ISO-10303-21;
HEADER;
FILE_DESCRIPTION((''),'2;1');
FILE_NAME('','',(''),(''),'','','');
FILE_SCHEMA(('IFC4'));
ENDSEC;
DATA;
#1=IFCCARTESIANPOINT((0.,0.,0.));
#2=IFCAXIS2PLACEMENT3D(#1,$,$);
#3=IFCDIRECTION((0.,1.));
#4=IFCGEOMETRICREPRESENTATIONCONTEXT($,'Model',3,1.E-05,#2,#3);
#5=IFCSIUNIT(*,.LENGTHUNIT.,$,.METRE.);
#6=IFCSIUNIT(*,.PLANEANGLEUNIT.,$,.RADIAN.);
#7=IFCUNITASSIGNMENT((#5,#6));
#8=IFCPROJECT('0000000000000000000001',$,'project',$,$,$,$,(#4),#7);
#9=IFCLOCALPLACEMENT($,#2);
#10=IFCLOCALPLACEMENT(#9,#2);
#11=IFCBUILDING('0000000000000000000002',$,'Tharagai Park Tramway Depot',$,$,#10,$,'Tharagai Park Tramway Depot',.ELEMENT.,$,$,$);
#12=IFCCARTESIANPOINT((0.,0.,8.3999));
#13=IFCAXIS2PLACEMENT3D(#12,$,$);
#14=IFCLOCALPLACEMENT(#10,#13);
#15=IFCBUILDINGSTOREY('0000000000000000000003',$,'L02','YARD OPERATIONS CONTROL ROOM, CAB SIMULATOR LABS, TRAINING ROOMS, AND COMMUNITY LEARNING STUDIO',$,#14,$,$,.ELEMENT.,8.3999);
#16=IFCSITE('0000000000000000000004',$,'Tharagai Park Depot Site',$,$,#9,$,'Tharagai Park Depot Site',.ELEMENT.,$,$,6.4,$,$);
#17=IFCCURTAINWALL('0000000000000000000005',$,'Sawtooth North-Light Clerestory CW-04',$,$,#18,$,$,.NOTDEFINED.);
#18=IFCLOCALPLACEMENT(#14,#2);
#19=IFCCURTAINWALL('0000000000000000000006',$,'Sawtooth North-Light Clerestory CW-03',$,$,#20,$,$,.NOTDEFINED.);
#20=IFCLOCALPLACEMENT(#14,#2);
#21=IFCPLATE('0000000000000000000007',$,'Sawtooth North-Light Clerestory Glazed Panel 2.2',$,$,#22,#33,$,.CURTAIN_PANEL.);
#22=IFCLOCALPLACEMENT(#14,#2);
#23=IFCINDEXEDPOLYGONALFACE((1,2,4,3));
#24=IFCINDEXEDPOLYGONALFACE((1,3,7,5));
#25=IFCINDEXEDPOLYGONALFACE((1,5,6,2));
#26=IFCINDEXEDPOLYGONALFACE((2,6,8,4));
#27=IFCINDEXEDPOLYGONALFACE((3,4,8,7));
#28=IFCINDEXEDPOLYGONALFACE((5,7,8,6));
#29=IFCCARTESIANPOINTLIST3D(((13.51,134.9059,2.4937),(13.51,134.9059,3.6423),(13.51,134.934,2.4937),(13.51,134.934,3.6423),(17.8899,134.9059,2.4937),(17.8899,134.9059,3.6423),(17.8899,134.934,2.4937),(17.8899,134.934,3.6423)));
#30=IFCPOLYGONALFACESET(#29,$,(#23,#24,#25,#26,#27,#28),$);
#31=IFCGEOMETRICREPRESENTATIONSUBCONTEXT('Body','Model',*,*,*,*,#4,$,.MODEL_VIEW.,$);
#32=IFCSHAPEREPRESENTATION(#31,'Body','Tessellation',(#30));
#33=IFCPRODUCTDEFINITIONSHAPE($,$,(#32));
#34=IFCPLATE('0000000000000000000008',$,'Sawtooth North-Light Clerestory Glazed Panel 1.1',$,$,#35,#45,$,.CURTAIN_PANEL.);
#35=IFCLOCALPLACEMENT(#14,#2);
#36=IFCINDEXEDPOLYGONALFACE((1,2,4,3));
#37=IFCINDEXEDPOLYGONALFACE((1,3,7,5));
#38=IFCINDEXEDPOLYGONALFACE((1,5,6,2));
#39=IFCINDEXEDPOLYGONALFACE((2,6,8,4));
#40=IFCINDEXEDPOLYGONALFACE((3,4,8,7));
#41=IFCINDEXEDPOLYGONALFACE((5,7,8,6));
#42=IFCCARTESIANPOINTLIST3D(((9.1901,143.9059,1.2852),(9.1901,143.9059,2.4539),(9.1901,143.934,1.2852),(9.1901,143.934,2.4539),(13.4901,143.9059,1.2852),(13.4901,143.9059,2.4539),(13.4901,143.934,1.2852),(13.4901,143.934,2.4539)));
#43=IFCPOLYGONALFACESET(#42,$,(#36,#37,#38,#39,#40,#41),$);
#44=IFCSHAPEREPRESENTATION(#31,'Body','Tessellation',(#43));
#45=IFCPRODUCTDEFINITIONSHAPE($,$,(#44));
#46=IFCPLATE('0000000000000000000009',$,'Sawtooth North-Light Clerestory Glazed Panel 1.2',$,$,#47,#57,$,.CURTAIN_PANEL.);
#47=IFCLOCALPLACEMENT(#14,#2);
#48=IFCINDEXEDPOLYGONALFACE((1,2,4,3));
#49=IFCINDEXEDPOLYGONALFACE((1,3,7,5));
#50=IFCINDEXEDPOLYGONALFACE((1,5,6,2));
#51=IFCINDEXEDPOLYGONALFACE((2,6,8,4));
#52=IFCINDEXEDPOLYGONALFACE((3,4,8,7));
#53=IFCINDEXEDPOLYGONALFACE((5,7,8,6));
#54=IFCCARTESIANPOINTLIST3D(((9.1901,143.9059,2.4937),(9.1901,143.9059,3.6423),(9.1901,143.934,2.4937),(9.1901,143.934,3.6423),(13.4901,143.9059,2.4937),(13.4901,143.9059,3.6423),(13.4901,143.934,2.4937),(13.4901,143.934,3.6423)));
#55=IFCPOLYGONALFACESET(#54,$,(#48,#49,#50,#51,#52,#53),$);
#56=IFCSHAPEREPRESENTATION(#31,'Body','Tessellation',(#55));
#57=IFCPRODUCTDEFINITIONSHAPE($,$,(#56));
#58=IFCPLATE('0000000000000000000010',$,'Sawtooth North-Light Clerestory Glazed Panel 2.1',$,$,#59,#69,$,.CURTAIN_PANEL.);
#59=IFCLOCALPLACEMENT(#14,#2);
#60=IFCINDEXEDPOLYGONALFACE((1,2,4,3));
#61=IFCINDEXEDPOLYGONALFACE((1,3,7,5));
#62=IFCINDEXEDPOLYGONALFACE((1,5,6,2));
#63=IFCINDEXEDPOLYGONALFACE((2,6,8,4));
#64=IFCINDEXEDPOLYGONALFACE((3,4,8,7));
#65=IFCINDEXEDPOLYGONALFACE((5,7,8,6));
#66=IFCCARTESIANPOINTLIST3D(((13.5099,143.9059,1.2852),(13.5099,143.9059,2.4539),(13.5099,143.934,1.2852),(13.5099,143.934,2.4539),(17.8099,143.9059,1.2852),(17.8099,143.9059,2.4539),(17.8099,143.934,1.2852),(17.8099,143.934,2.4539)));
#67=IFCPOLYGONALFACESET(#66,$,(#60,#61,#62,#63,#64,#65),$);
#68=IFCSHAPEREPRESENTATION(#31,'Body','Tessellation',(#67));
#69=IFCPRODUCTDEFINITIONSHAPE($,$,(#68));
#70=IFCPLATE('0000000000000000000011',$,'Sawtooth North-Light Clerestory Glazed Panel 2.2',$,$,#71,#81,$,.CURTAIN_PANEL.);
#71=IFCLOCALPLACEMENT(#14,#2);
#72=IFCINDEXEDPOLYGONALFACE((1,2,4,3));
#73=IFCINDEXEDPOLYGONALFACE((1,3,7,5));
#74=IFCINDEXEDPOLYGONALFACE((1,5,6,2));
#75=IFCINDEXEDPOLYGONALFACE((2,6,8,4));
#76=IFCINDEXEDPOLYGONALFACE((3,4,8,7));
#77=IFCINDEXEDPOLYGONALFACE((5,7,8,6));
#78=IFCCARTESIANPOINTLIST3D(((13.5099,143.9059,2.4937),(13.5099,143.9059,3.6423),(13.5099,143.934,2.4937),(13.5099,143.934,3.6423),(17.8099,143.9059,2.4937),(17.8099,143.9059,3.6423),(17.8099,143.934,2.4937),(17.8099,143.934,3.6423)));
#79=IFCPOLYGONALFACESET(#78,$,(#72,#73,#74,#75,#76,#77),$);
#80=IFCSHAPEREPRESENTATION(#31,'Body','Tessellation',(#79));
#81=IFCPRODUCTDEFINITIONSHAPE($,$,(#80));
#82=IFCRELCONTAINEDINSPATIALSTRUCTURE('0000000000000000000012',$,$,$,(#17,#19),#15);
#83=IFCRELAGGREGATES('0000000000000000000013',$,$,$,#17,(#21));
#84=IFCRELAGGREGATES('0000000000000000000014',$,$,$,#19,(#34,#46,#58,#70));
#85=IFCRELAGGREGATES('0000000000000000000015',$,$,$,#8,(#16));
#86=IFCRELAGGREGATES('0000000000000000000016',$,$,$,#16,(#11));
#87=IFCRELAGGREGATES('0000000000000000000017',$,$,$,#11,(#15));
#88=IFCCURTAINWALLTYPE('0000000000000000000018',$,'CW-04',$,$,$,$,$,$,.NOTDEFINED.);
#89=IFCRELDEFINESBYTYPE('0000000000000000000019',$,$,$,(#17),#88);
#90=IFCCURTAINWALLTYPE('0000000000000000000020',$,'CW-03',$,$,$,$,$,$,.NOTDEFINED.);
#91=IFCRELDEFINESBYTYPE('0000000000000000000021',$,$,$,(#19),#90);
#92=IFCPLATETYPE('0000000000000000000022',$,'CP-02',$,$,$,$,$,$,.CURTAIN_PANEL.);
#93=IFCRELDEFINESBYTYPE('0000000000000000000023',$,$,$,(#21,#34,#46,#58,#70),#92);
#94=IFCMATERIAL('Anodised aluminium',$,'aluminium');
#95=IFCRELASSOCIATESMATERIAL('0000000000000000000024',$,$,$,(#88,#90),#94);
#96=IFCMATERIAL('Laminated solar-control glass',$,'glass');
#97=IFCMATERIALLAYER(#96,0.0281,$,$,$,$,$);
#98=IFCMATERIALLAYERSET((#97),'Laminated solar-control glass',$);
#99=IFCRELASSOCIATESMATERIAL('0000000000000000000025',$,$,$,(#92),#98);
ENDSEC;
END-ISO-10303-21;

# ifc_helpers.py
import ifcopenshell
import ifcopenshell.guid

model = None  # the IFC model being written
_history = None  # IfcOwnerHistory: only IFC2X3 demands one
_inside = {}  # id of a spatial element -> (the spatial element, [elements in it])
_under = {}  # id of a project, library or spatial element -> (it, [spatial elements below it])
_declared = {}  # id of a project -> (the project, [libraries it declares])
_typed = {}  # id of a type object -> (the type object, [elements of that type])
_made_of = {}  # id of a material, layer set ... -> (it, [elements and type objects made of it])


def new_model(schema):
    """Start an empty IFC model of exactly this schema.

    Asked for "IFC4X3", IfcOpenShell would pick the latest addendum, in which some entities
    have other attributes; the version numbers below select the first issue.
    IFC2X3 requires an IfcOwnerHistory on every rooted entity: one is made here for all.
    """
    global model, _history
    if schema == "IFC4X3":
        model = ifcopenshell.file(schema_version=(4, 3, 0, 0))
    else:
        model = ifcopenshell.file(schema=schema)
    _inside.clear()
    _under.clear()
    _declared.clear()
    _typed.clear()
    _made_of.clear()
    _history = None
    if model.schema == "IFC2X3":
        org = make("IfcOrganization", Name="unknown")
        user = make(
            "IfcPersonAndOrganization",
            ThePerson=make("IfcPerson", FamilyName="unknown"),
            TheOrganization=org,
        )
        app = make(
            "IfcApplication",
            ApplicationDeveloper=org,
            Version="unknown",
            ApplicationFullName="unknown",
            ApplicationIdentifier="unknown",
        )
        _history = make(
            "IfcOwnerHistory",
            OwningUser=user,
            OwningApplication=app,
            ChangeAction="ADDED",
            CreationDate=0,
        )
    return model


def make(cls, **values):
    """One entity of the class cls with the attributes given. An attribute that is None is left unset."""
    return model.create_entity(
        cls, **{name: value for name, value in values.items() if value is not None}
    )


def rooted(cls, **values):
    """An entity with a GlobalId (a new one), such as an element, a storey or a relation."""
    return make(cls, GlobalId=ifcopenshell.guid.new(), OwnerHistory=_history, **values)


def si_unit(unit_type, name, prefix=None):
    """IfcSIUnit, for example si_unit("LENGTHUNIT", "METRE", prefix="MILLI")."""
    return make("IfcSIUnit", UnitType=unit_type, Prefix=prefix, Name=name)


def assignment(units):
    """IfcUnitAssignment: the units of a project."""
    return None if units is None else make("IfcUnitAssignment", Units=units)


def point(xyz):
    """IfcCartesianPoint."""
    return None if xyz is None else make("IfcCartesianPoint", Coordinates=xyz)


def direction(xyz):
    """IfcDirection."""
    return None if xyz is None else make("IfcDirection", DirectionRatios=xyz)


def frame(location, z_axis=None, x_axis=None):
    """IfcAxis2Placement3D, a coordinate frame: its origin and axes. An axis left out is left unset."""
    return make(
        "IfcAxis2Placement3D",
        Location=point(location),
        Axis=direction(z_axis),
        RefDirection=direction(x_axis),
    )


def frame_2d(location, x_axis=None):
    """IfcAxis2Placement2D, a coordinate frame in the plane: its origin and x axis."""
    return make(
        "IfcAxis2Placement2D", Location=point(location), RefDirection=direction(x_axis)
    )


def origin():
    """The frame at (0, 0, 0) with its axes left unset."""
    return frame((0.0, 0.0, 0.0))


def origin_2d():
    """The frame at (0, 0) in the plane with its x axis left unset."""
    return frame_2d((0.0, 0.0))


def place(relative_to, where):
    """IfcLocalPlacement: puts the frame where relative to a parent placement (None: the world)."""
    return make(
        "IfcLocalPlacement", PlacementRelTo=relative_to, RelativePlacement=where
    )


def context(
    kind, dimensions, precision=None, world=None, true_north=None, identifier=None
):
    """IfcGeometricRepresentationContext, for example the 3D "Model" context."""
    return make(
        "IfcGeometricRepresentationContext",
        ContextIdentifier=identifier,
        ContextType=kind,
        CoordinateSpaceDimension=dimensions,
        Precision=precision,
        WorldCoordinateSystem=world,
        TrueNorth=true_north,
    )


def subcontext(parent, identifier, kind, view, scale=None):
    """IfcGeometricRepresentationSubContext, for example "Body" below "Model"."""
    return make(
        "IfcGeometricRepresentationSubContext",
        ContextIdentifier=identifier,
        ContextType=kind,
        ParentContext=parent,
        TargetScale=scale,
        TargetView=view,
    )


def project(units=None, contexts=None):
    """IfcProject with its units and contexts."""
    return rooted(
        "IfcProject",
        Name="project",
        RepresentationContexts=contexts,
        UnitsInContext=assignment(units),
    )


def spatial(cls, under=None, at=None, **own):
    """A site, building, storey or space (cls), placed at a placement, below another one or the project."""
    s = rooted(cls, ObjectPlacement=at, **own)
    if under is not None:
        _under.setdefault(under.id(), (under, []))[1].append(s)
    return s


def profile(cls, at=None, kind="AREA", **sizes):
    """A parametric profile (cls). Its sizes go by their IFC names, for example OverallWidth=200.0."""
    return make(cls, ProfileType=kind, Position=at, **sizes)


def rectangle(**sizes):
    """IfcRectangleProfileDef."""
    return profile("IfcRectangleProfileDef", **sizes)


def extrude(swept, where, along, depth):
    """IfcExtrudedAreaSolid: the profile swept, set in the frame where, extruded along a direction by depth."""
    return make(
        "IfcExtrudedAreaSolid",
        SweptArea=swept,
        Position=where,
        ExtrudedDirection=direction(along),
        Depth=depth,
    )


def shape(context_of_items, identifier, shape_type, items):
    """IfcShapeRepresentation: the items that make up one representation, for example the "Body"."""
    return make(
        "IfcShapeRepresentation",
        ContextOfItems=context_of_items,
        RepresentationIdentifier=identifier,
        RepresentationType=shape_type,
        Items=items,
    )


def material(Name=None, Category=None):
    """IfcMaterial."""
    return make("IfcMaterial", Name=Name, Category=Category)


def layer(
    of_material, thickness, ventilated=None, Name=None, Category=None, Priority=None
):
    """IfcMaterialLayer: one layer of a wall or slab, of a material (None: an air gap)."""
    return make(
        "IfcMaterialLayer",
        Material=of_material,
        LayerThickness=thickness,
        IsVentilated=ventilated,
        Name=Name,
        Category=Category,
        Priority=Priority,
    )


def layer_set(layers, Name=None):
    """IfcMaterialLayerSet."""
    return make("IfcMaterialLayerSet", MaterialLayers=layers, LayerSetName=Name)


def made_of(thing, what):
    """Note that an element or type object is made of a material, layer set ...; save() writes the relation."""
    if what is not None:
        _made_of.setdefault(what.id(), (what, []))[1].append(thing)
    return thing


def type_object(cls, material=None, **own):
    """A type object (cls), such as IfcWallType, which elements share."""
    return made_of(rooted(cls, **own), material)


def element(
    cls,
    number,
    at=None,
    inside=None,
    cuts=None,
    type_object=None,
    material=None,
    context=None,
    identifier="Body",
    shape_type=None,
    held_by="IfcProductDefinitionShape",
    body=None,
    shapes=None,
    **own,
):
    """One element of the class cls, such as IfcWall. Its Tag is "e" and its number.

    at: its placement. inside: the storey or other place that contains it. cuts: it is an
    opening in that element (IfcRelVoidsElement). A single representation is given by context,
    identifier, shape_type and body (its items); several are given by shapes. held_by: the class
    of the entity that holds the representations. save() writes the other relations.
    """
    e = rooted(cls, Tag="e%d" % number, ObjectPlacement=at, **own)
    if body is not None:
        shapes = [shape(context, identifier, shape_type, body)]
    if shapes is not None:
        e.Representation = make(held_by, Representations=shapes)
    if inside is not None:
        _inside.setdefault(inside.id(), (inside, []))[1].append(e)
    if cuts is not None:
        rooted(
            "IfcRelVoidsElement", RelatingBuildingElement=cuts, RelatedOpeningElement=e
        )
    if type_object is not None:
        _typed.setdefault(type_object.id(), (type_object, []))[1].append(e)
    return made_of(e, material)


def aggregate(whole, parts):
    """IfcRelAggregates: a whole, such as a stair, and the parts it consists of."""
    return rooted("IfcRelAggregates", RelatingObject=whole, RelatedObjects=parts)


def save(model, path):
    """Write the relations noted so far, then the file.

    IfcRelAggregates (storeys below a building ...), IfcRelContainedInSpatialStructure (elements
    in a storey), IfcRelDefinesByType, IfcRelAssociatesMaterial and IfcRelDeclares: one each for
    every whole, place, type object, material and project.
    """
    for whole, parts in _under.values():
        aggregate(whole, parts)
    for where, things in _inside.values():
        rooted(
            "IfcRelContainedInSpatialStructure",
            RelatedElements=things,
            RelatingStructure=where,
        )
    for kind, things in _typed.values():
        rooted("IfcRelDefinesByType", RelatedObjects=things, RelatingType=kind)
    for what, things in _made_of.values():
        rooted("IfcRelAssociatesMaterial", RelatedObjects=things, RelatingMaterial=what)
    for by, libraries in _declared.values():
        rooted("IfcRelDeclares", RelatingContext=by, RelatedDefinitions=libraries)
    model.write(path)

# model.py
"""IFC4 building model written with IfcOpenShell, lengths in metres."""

from ifc_helpers import new_model, si_unit, direction, frame, origin, origin_2d, place, context, subcontext, project, spatial, rectangle, extrude, material, layer, layer_set, type_object, element, aggregate, save


model = new_model("IFC4")

# Units and contexts
model_context = context("Model", 3, precision=1e-05, world=origin(), true_north=direction((0.0, 1.0)))
body_context = subcontext(model_context, "Body", "Model", "MODEL_VIEW")
ifc_project = project(units=[si_unit("LENGTHUNIT", "METRE"), si_unit("PLANEANGLEUNIT", "RADIAN")], contexts=[model_context])

# Site, building, storey
site_placement = place(None, origin())
site = spatial("IfcSite", under=ifc_project, at=site_placement, Name="Tharagai Park Depot Site", LongName="Tharagai Park Depot Site", CompositionType="ELEMENT", RefElevation=6.4)
building_placement = place(site_placement, origin())
building = spatial("IfcBuilding", under=site, at=building_placement, Name="Tharagai Park Tramway Depot", LongName="Tharagai Park Tramway Depot", CompositionType="ELEMENT")
storey_placement = place(building_placement, frame((0.0, 0.0, 8.3999)))
storey = spatial("IfcBuildingStorey", under=building, at=storey_placement, Name="L02", Description="YARD OPERATIONS CONTROL ROOM, CAB SIMULATOR LABS, TRAINING ROOMS, AND COMMUNITY LEARNING STUDIO", CompositionType="ELEMENT", Elevation=8.3999)

# Curtain walls
ifc_material_1 = material(Name="Anodised aluminium", Category="aluminium")
curtain_wall_type_1 = type_object("IfcCurtainWallType", Name="CW-04", PredefinedType="NOTDEFINED", material=ifc_material_1)
curtain_wall_1_placement = place(storey_placement, origin())
curtain_wall_1 = element("IfcCurtainWall", 1, at=curtain_wall_1_placement, inside=storey, type_object=curtain_wall_type_1, Name="Sawtooth North-Light Clerestory CW-04", PredefinedType="NOTDEFINED")
curtain_wall_type_2 = type_object("IfcCurtainWallType", Name="CW-03", PredefinedType="NOTDEFINED", material=ifc_material_1)
curtain_wall_2_placement = place(storey_placement, origin())
curtain_wall_2 = element("IfcCurtainWall", 2, at=curtain_wall_2_placement, inside=storey, type_object=curtain_wall_type_2, Name="Sawtooth North-Light Clerestory CW-03", PredefinedType="NOTDEFINED")

# Plates
ifc_material_2 = material(Name="Laminated solar-control glass", Category="glass")
ifc_layer = layer(ifc_material_2, 0.0281)
ifc_layer_set = layer_set([ifc_layer], Name="Laminated solar-control glass")
plate_type = type_object("IfcPlateType", Name="CP-02", PredefinedType="CURTAIN_PANEL", material=ifc_layer_set)
plate_1_placement = place(storey_placement, frame((15.7, 134.9199, 2.4937), z_axis=(0.0, 0.0, 1.0), x_axis=(1.0, 0.0, 0.0)))
plate_1 = element("IfcPlate", 3, at=plate_1_placement, type_object=plate_type, Name="Sawtooth North-Light Clerestory Glazed Panel 2.2", PredefinedType="CURTAIN_PANEL", context=body_context, shape_type="SweptSolid", body=[
    extrude(rectangle(XDim=4.3799, YDim=0.0281, at=origin_2d()), origin(), (0.0, 0.0, 1.0), 1.1487),
])
aggregate(curtain_wall_1, [plate_1])
plate_2_placement = place(storey_placement, frame((11.3401, 143.9199, 1.2852), z_axis=(0.0, 0.0, 1.0), x_axis=(1.0, 0.0, 0.0)))
plate_2 = element("IfcPlate", 4, at=plate_2_placement, type_object=plate_type, Name="Sawtooth North-Light Clerestory Glazed Panel 1.1", PredefinedType="CURTAIN_PANEL", context=body_context, shape_type="SweptSolid", body=[
    extrude(rectangle(XDim=4.3, YDim=0.0281, at=origin_2d()), origin(), (0.0, 0.0, 1.0), 1.1687),
])
plate_3_placement = place(storey_placement, frame((11.3401, 143.9199, 2.4937), z_axis=(0.0, 0.0, 1.0), x_axis=(1.0, 0.0, 0.0)))
plate_3 = element("IfcPlate", 5, at=plate_3_placement, type_object=plate_type, Name="Sawtooth North-Light Clerestory Glazed Panel 1.2", PredefinedType="CURTAIN_PANEL", context=body_context, shape_type="SweptSolid", body=[
    extrude(rectangle(XDim=4.3, YDim=0.0281, at=origin_2d()), origin(), (0.0, 0.0, 1.0), 1.1487),
])
plate_4_placement = place(storey_placement, frame((15.6599, 143.9199, 1.2852), z_axis=(0.0, 0.0, 1.0), x_axis=(1.0, 0.0, 0.0)))
plate_4 = element("IfcPlate", 6, at=plate_4_placement, type_object=plate_type, Name="Sawtooth North-Light Clerestory Glazed Panel 2.1", PredefinedType="CURTAIN_PANEL", context=body_context, shape_type="SweptSolid", body=[
    extrude(rectangle(XDim=4.3, YDim=0.0281, at=origin_2d()), origin(), (0.0, 0.0, 1.0), 1.1687),
])
plate_5_placement = place(storey_placement, frame((15.6599, 143.9199, 2.4937), z_axis=(0.0, 0.0, 1.0), x_axis=(1.0, 0.0, 0.0)))
plate_5 = element("IfcPlate", 7, at=plate_5_placement, type_object=plate_type, Name="Sawtooth North-Light Clerestory Glazed Panel 2.2", PredefinedType="CURTAIN_PANEL", context=body_context, shape_type="SweptSolid", body=[
    extrude(rectangle(XDim=4.3, YDim=0.0281, at=origin_2d()), origin(), (0.0, 0.0, 1.0), 1.1487),
])
aggregate(curtain_wall_2, [plate_2, plate_3, plate_4, plate_5])

save(model, "model.ifc")
